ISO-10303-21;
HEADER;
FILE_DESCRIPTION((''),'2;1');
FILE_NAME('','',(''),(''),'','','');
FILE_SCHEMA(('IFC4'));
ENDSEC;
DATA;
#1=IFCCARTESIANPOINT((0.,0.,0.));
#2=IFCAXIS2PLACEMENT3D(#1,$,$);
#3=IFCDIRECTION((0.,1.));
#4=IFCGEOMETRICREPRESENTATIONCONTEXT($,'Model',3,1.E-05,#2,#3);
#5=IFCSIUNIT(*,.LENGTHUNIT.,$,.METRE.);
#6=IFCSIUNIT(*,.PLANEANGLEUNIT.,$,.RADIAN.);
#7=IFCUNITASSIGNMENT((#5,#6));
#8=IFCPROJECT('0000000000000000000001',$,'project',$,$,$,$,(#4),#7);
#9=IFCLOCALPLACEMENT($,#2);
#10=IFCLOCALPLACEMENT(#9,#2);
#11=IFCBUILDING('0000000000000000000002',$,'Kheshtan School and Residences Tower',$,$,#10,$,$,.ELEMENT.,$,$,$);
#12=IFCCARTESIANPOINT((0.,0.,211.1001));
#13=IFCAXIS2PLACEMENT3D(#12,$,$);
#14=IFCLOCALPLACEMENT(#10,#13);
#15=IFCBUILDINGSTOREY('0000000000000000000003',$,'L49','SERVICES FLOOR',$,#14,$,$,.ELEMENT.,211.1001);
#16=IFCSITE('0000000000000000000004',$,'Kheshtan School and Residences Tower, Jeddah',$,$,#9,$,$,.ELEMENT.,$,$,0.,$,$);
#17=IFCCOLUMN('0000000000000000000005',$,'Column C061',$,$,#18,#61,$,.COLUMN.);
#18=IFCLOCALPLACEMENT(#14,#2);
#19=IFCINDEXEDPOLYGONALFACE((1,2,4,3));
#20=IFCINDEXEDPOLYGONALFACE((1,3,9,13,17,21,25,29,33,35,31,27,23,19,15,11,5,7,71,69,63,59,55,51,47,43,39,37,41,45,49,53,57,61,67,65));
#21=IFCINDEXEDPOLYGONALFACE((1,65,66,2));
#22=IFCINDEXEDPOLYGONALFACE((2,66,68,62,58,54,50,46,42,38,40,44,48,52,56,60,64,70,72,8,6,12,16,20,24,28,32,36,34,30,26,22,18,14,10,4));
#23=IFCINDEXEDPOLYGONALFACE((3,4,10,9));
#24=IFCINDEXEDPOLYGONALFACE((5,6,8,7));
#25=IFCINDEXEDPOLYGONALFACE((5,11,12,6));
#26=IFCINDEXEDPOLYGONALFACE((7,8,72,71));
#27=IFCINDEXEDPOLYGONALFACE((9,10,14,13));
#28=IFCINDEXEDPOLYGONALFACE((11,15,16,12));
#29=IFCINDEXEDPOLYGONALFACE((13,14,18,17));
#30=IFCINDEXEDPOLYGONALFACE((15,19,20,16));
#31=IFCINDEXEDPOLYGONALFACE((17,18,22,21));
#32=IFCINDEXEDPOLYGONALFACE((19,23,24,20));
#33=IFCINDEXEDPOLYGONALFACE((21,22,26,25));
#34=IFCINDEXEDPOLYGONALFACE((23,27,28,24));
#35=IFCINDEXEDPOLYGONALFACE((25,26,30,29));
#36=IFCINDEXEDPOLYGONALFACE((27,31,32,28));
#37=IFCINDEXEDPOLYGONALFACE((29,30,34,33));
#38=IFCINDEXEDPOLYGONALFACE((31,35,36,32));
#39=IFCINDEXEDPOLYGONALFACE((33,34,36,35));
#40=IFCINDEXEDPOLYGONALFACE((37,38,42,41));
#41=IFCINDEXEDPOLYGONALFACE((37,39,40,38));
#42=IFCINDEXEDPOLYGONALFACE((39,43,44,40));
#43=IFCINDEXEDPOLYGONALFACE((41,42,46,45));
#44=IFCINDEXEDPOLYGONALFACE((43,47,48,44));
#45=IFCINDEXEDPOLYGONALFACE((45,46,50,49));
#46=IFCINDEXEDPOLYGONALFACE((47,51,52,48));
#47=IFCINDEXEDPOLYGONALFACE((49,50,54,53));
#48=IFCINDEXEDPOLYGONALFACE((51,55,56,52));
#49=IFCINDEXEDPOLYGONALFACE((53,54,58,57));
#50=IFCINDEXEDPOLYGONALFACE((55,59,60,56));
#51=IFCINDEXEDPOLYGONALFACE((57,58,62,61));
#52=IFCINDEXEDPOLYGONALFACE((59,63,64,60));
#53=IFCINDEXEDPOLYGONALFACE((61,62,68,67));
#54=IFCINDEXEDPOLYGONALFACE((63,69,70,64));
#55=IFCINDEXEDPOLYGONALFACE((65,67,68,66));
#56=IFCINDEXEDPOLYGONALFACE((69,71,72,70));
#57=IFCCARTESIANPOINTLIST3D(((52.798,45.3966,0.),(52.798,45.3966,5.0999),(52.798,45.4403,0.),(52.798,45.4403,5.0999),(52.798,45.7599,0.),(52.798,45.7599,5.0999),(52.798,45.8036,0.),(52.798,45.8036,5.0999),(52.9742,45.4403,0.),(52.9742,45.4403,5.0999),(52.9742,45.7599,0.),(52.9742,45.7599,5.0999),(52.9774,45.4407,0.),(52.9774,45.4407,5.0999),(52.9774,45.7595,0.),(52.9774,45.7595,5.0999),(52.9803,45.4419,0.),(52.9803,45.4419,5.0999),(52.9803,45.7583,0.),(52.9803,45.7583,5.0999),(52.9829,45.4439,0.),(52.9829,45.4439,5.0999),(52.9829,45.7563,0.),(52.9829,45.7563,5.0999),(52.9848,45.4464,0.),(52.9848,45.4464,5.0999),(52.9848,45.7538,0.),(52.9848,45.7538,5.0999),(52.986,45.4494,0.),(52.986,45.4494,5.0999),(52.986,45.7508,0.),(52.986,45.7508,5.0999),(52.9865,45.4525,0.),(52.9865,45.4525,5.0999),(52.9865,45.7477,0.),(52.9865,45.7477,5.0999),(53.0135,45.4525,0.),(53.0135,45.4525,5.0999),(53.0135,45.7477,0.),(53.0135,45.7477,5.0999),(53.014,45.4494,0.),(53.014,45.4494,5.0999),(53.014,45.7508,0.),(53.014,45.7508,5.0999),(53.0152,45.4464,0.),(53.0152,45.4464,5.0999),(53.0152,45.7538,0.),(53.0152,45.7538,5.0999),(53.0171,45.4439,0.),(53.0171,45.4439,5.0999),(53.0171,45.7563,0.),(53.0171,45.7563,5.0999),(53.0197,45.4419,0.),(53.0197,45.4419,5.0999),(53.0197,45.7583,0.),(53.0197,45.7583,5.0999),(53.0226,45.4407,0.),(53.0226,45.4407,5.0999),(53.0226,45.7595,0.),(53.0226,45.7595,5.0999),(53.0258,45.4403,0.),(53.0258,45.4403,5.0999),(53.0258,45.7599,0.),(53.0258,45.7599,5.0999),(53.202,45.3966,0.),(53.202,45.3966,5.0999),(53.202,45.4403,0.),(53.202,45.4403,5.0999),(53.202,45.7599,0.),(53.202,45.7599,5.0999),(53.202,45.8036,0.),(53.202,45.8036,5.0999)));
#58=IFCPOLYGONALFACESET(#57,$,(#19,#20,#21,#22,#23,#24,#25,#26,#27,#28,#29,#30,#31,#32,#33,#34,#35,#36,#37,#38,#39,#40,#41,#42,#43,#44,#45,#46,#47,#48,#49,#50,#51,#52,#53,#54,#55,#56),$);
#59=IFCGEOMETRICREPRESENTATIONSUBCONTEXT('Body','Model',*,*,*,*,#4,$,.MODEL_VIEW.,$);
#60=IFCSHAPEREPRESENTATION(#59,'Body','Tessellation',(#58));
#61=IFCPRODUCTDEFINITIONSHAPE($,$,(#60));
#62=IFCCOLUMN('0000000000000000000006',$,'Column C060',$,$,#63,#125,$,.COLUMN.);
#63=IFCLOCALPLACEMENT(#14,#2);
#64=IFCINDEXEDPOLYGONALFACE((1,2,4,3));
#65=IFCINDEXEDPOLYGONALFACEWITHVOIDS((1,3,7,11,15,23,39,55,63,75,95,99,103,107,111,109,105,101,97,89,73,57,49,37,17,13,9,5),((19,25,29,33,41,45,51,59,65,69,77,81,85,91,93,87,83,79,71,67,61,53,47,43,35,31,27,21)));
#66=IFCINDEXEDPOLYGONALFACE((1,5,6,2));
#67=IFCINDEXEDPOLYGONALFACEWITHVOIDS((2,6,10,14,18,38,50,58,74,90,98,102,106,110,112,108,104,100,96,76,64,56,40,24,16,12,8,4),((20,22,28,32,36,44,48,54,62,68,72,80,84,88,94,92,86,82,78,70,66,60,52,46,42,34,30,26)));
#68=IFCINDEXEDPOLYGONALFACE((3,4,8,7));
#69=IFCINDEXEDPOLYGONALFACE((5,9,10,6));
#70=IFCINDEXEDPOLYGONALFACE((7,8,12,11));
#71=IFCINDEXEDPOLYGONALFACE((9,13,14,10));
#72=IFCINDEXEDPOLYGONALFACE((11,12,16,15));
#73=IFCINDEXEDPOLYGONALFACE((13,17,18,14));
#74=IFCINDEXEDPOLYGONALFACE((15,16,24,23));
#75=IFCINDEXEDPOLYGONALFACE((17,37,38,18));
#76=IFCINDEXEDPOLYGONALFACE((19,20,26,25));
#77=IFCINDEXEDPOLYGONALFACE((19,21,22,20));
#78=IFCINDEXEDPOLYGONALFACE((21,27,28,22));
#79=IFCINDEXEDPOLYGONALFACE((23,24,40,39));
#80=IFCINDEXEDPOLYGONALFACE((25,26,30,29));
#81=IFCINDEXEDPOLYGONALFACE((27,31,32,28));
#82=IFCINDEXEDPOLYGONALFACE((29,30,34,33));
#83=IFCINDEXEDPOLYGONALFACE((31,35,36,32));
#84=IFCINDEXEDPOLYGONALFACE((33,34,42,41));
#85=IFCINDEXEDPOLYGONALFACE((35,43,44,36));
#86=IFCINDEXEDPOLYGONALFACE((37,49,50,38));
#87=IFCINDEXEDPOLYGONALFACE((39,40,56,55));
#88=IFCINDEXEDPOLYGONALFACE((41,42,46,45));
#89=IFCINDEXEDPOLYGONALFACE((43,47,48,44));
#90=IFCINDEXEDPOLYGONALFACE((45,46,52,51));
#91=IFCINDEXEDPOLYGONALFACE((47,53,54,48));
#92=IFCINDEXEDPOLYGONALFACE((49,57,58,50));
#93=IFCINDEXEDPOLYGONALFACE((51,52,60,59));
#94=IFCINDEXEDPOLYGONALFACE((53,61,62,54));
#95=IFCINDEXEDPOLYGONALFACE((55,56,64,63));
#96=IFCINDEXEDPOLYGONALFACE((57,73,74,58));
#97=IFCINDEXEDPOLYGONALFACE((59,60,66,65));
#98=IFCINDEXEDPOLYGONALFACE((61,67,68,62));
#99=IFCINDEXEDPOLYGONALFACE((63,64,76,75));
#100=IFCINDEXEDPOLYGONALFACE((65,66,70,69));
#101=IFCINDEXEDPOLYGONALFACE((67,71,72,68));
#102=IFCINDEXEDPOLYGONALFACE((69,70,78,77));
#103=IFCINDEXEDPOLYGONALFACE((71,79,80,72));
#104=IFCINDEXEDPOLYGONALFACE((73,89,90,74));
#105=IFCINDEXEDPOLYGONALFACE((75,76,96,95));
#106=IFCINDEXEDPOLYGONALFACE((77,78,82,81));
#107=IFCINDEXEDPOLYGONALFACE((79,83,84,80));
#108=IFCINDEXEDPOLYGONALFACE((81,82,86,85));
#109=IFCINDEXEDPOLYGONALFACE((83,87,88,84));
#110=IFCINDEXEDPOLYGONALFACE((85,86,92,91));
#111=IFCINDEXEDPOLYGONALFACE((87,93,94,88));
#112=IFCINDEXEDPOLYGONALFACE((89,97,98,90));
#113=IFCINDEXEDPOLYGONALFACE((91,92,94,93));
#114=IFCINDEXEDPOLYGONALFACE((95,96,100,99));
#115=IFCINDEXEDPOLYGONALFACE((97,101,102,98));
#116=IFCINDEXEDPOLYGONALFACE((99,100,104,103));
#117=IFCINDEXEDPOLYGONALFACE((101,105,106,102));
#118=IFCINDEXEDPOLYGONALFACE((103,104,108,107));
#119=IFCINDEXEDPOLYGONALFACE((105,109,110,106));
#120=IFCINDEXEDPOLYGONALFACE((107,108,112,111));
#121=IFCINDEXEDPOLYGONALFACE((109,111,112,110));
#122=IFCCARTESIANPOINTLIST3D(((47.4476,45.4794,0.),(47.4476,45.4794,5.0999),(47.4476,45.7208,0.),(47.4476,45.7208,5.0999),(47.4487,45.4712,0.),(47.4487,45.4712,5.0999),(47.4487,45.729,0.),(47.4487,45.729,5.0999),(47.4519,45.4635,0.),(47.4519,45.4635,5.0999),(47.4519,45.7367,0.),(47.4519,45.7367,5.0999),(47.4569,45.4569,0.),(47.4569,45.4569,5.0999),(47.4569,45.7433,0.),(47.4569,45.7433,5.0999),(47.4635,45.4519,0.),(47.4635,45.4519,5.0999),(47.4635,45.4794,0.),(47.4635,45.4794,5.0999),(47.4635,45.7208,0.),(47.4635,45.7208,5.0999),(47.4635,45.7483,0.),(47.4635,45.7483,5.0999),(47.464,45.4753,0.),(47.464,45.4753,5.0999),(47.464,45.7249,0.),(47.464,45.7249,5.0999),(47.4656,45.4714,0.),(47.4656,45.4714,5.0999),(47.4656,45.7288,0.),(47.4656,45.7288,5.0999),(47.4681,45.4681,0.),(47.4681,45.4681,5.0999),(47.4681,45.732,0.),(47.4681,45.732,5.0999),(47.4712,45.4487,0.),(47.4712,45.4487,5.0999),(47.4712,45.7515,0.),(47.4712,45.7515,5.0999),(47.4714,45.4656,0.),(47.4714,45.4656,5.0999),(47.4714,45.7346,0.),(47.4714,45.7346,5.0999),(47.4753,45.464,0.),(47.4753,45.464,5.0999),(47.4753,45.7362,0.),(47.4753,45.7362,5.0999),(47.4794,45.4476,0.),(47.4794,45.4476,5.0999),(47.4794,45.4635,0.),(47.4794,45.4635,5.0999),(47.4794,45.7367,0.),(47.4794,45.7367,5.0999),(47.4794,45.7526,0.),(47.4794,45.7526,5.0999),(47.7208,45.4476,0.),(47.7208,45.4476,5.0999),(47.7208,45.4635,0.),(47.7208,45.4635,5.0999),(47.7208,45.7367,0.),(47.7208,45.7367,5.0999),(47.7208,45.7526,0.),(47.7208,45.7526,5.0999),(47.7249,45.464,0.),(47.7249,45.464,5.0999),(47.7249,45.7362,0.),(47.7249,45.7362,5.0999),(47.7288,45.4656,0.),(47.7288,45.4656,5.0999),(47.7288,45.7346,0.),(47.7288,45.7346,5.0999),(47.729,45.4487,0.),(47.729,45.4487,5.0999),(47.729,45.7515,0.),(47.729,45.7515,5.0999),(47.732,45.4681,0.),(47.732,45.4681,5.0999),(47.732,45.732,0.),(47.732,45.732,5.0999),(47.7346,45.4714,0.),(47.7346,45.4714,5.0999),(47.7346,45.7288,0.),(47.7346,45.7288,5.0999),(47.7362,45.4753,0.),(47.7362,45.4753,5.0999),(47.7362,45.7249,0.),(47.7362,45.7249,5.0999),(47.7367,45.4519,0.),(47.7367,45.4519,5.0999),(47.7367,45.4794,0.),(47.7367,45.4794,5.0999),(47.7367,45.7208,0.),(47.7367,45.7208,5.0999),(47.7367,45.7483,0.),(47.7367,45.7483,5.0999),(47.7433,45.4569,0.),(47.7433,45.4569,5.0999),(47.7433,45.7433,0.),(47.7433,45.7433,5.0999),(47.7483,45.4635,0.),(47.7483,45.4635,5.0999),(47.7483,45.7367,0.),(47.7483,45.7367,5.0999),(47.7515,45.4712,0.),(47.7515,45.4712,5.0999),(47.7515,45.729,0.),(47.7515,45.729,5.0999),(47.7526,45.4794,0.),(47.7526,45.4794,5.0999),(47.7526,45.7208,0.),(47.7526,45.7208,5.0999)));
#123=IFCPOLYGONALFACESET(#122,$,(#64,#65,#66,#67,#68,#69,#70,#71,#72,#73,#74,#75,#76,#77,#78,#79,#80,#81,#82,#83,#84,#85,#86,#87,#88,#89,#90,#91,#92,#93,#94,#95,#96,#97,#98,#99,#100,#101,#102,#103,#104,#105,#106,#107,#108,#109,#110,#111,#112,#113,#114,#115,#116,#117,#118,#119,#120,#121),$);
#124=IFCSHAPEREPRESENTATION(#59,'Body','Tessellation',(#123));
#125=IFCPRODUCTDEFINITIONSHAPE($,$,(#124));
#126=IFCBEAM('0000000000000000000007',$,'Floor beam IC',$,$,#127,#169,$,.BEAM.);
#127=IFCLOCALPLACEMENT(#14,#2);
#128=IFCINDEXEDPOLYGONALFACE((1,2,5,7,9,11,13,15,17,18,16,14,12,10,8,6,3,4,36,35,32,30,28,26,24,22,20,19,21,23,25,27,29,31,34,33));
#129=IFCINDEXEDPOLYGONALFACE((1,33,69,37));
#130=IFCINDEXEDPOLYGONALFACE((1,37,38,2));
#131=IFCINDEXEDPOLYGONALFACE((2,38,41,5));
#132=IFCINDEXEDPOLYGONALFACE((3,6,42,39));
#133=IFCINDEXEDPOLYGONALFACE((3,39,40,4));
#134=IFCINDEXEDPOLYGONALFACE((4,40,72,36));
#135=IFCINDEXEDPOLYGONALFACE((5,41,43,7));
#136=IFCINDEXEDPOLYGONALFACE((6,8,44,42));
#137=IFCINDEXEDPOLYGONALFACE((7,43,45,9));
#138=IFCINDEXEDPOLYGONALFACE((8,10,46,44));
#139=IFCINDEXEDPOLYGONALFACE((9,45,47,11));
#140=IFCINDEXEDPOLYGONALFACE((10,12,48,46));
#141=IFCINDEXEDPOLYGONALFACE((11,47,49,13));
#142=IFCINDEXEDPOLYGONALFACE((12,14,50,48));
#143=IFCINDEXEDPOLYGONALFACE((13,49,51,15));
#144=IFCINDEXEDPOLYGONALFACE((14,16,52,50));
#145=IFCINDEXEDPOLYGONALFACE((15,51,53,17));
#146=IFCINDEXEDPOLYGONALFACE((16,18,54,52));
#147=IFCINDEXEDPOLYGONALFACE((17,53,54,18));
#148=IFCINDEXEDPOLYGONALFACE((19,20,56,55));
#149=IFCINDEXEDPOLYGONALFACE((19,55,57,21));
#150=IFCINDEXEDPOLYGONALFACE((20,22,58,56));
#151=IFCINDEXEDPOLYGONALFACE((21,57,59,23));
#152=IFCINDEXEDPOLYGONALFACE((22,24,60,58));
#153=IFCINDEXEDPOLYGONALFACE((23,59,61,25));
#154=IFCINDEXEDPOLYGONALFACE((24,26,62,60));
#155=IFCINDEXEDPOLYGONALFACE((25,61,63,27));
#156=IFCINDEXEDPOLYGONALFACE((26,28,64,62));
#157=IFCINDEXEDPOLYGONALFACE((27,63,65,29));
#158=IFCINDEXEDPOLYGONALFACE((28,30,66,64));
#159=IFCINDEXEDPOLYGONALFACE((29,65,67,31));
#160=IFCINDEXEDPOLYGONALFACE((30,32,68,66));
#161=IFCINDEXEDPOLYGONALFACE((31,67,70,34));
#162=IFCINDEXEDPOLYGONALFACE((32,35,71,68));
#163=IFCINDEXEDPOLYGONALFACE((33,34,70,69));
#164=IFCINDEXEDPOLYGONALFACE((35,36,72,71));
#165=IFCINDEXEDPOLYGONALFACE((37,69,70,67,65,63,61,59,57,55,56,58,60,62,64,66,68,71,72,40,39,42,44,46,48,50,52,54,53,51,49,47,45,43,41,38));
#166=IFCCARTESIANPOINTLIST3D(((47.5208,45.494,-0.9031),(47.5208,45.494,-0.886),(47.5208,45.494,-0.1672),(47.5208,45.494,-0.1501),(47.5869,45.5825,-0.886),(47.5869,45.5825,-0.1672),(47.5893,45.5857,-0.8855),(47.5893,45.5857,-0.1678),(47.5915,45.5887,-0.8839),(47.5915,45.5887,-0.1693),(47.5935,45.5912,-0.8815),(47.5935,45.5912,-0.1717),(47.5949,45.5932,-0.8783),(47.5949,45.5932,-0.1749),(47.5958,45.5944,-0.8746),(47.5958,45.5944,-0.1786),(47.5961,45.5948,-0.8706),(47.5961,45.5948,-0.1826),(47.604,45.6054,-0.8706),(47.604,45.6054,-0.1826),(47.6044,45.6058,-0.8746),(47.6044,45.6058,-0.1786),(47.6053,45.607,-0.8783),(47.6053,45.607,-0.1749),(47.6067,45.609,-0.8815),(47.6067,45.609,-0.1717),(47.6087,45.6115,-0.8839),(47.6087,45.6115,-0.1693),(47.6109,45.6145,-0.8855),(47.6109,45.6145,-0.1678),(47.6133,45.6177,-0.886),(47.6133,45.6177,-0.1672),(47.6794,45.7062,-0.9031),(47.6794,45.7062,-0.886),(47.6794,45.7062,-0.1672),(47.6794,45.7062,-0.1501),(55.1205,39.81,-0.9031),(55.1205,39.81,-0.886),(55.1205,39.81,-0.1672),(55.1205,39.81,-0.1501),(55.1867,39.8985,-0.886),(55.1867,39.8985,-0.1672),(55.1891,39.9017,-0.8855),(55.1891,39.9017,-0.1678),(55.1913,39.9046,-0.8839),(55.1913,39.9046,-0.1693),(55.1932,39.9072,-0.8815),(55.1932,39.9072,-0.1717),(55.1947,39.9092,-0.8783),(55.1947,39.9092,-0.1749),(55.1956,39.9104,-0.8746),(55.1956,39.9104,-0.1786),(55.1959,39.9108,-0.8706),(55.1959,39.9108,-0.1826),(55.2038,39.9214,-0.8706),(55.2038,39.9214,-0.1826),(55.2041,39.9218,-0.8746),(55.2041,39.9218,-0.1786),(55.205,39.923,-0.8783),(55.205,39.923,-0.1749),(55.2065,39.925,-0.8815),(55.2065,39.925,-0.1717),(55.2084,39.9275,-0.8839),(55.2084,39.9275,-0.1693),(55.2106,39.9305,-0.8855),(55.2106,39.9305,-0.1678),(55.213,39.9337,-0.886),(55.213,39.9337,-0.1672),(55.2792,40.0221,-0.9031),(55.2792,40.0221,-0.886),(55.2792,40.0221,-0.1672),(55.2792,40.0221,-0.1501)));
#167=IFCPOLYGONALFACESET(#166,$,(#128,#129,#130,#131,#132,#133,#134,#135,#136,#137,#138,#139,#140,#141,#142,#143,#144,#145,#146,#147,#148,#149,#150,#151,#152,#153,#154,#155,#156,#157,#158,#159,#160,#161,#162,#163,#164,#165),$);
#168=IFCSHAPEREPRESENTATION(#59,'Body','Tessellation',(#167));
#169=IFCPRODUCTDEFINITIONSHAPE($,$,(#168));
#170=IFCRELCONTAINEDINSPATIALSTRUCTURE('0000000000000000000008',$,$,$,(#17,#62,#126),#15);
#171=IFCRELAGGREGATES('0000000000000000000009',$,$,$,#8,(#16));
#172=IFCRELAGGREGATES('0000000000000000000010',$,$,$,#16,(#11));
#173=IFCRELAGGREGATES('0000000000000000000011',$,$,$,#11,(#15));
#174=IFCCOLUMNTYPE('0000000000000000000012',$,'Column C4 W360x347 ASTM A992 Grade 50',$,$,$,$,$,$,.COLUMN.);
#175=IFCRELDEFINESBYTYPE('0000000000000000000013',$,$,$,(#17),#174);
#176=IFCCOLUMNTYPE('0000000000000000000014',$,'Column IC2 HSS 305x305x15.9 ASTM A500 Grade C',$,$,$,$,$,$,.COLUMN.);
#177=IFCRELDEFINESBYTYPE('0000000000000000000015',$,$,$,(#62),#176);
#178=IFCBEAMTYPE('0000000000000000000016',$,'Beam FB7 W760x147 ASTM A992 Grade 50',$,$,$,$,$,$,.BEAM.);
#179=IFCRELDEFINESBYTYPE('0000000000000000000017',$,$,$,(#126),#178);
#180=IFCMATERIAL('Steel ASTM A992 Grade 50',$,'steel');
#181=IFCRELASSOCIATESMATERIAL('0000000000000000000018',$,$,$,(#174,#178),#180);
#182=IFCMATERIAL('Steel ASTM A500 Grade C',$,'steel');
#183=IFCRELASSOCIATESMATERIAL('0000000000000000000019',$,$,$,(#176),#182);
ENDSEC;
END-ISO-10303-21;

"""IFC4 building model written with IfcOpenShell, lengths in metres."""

from ifc_helpers import new_model, si_unit, direction, frame, origin, origin_2d, place, context, subcontext, project, spatial, hollow_rectangle, i_section, extrude, material, material_profile, profile_set, type_object, element, save


model = new_model("IFC4")

# Units and contexts
model_context = context("Model", 3, precision=1e-05, world=origin(), true_north=direction((0.0, 1.0)))
body_context = subcontext(model_context, "Body", "Model", "MODEL_VIEW")
ifc_project = project(units=[si_unit("LENGTHUNIT", "METRE"), si_unit("PLANEANGLEUNIT", "RADIAN")], contexts=[model_context])

# Site, building, storey
site_placement = place(None, origin())
site = spatial("IfcSite", under=ifc_project, at=site_placement, Name="Kheshtan School and Residences Tower, Jeddah", CompositionType="ELEMENT", RefElevation=0.0)
building_placement = place(site_placement, origin())
building = spatial("IfcBuilding", under=site, at=building_placement, Name="Kheshtan School and Residences Tower", CompositionType="ELEMENT")
storey_placement = place(building_placement, frame((0.0, 0.0, 211.1001)))
storey = spatial("IfcBuildingStorey", under=building, at=storey_placement, Name="L49", Description="SERVICES FLOOR", CompositionType="ELEMENT", Elevation=211.1001)

# Columns
ifc_material_1 = material(Name="Steel ASTM A992 Grade 50", Category="steel")
ifc_material_profile_1 = material_profile(ifc_material_1, i_section(OverallWidth=0.4041, OverallDepth=0.407, WebThickness=0.0271, FlangeThickness=0.0437, FilletRadius=0.0122, at=origin_2d()), Name="W360x347")
ifc_profile_set_1 = profile_set([ifc_material_profile_1], Name="Steel ASTM A992 Grade 50")
column_type_1 = type_object("IfcColumnType", Name="Column C4 W360x347 ASTM A992 Grade 50", PredefinedType="COLUMN", material=ifc_profile_set_1)
column_1_placement = place(storey_placement, frame((53.0, 45.6001, 0.0), z_axis=(0.0, 0.0, 1.0), x_axis=(1.0, 0.0, 0.0)))
element("IfcColumn", 1, at=column_1_placement, inside=storey, type_object=column_type_1, Name="Column C061", PredefinedType="COLUMN", context=body_context, shape_type="SweptSolid", body=[
    extrude(i_section(OverallWidth=0.4041, OverallDepth=0.407, WebThickness=0.0271, FlangeThickness=0.0437, FilletRadius=0.0122, at=origin_2d()), origin(), (0.0, 0.0, 1.0), 5.0999),
])
ifc_material_2 = material(Name="Steel ASTM A500 Grade C", Category="steel")
ifc_material_profile_2 = material_profile(ifc_material_2, hollow_rectangle(XDim=0.3049, YDim=0.3049, WallThickness=0.0159, InnerFilletRadius=0.0159, OuterFilletRadius=0.0317, at=origin_2d()), Name="HSS 305x305x15.9")
ifc_profile_set_2 = profile_set([ifc_material_profile_2], Name="Steel ASTM A500 Grade C")
column_type_2 = type_object("IfcColumnType", Name="Column IC2 HSS 305x305x15.9 ASTM A500 Grade C", PredefinedType="COLUMN", material=ifc_profile_set_2)
column_2_placement = place(storey_placement, frame((47.6001, 45.6001, 0.0), z_axis=(0.0, 0.0, 1.0), x_axis=(1.0, 0.0, 0.0)))
element("IfcColumn", 2, at=column_2_placement, inside=storey, type_object=column_type_2, Name="Column C060", PredefinedType="COLUMN", context=body_context, shape_type="SweptSolid", body=[
    extrude(hollow_rectangle(XDim=0.3049, YDim=0.3049, WallThickness=0.0159, InnerFilletRadius=0.0159, OuterFilletRadius=0.0317, at=origin_2d()), origin(), (0.0, 0.0, 1.0), 5.0999),
])

# Beam
ifc_material_profile_3 = material_profile(ifc_material_1, i_section(OverallWidth=0.2649, OverallDepth=0.7529, WebThickness=0.0132, FlangeThickness=0.0171, FilletRadius=0.0154, at=origin_2d()), Name="W760x147")
ifc_profile_set_3 = profile_set([ifc_material_profile_3], Name="Steel ASTM A992 Grade 50")
beam_type_1 = type_object("IfcBeamType", Name="Beam FB7 W760x147 ASTM A992 Grade 50", PredefinedType="BEAM", material=ifc_profile_set_3)
beam_1_placement = place(storey_placement, frame((47.6001, 45.6001, -0.5266), z_axis=(0.800799, -0.598933, 0.0), x_axis=(0.598933, 0.800799, 0.0)))
element("IfcBeam", 3, at=beam_1_placement, inside=storey, type_object=beam_type_1, Name="Floor beam IC", PredefinedType="BEAM", context=body_context, shape_type="SweptSolid", body=[
    extrude(i_section(OverallWidth=0.2649, OverallDepth=0.7529, WebThickness=0.0132, FlangeThickness=0.0171, FilletRadius=0.0154, at=origin_2d()), origin(), (0.0, 0.0, 1.0), 9.4902),
])

save(model, "model.ifc")
